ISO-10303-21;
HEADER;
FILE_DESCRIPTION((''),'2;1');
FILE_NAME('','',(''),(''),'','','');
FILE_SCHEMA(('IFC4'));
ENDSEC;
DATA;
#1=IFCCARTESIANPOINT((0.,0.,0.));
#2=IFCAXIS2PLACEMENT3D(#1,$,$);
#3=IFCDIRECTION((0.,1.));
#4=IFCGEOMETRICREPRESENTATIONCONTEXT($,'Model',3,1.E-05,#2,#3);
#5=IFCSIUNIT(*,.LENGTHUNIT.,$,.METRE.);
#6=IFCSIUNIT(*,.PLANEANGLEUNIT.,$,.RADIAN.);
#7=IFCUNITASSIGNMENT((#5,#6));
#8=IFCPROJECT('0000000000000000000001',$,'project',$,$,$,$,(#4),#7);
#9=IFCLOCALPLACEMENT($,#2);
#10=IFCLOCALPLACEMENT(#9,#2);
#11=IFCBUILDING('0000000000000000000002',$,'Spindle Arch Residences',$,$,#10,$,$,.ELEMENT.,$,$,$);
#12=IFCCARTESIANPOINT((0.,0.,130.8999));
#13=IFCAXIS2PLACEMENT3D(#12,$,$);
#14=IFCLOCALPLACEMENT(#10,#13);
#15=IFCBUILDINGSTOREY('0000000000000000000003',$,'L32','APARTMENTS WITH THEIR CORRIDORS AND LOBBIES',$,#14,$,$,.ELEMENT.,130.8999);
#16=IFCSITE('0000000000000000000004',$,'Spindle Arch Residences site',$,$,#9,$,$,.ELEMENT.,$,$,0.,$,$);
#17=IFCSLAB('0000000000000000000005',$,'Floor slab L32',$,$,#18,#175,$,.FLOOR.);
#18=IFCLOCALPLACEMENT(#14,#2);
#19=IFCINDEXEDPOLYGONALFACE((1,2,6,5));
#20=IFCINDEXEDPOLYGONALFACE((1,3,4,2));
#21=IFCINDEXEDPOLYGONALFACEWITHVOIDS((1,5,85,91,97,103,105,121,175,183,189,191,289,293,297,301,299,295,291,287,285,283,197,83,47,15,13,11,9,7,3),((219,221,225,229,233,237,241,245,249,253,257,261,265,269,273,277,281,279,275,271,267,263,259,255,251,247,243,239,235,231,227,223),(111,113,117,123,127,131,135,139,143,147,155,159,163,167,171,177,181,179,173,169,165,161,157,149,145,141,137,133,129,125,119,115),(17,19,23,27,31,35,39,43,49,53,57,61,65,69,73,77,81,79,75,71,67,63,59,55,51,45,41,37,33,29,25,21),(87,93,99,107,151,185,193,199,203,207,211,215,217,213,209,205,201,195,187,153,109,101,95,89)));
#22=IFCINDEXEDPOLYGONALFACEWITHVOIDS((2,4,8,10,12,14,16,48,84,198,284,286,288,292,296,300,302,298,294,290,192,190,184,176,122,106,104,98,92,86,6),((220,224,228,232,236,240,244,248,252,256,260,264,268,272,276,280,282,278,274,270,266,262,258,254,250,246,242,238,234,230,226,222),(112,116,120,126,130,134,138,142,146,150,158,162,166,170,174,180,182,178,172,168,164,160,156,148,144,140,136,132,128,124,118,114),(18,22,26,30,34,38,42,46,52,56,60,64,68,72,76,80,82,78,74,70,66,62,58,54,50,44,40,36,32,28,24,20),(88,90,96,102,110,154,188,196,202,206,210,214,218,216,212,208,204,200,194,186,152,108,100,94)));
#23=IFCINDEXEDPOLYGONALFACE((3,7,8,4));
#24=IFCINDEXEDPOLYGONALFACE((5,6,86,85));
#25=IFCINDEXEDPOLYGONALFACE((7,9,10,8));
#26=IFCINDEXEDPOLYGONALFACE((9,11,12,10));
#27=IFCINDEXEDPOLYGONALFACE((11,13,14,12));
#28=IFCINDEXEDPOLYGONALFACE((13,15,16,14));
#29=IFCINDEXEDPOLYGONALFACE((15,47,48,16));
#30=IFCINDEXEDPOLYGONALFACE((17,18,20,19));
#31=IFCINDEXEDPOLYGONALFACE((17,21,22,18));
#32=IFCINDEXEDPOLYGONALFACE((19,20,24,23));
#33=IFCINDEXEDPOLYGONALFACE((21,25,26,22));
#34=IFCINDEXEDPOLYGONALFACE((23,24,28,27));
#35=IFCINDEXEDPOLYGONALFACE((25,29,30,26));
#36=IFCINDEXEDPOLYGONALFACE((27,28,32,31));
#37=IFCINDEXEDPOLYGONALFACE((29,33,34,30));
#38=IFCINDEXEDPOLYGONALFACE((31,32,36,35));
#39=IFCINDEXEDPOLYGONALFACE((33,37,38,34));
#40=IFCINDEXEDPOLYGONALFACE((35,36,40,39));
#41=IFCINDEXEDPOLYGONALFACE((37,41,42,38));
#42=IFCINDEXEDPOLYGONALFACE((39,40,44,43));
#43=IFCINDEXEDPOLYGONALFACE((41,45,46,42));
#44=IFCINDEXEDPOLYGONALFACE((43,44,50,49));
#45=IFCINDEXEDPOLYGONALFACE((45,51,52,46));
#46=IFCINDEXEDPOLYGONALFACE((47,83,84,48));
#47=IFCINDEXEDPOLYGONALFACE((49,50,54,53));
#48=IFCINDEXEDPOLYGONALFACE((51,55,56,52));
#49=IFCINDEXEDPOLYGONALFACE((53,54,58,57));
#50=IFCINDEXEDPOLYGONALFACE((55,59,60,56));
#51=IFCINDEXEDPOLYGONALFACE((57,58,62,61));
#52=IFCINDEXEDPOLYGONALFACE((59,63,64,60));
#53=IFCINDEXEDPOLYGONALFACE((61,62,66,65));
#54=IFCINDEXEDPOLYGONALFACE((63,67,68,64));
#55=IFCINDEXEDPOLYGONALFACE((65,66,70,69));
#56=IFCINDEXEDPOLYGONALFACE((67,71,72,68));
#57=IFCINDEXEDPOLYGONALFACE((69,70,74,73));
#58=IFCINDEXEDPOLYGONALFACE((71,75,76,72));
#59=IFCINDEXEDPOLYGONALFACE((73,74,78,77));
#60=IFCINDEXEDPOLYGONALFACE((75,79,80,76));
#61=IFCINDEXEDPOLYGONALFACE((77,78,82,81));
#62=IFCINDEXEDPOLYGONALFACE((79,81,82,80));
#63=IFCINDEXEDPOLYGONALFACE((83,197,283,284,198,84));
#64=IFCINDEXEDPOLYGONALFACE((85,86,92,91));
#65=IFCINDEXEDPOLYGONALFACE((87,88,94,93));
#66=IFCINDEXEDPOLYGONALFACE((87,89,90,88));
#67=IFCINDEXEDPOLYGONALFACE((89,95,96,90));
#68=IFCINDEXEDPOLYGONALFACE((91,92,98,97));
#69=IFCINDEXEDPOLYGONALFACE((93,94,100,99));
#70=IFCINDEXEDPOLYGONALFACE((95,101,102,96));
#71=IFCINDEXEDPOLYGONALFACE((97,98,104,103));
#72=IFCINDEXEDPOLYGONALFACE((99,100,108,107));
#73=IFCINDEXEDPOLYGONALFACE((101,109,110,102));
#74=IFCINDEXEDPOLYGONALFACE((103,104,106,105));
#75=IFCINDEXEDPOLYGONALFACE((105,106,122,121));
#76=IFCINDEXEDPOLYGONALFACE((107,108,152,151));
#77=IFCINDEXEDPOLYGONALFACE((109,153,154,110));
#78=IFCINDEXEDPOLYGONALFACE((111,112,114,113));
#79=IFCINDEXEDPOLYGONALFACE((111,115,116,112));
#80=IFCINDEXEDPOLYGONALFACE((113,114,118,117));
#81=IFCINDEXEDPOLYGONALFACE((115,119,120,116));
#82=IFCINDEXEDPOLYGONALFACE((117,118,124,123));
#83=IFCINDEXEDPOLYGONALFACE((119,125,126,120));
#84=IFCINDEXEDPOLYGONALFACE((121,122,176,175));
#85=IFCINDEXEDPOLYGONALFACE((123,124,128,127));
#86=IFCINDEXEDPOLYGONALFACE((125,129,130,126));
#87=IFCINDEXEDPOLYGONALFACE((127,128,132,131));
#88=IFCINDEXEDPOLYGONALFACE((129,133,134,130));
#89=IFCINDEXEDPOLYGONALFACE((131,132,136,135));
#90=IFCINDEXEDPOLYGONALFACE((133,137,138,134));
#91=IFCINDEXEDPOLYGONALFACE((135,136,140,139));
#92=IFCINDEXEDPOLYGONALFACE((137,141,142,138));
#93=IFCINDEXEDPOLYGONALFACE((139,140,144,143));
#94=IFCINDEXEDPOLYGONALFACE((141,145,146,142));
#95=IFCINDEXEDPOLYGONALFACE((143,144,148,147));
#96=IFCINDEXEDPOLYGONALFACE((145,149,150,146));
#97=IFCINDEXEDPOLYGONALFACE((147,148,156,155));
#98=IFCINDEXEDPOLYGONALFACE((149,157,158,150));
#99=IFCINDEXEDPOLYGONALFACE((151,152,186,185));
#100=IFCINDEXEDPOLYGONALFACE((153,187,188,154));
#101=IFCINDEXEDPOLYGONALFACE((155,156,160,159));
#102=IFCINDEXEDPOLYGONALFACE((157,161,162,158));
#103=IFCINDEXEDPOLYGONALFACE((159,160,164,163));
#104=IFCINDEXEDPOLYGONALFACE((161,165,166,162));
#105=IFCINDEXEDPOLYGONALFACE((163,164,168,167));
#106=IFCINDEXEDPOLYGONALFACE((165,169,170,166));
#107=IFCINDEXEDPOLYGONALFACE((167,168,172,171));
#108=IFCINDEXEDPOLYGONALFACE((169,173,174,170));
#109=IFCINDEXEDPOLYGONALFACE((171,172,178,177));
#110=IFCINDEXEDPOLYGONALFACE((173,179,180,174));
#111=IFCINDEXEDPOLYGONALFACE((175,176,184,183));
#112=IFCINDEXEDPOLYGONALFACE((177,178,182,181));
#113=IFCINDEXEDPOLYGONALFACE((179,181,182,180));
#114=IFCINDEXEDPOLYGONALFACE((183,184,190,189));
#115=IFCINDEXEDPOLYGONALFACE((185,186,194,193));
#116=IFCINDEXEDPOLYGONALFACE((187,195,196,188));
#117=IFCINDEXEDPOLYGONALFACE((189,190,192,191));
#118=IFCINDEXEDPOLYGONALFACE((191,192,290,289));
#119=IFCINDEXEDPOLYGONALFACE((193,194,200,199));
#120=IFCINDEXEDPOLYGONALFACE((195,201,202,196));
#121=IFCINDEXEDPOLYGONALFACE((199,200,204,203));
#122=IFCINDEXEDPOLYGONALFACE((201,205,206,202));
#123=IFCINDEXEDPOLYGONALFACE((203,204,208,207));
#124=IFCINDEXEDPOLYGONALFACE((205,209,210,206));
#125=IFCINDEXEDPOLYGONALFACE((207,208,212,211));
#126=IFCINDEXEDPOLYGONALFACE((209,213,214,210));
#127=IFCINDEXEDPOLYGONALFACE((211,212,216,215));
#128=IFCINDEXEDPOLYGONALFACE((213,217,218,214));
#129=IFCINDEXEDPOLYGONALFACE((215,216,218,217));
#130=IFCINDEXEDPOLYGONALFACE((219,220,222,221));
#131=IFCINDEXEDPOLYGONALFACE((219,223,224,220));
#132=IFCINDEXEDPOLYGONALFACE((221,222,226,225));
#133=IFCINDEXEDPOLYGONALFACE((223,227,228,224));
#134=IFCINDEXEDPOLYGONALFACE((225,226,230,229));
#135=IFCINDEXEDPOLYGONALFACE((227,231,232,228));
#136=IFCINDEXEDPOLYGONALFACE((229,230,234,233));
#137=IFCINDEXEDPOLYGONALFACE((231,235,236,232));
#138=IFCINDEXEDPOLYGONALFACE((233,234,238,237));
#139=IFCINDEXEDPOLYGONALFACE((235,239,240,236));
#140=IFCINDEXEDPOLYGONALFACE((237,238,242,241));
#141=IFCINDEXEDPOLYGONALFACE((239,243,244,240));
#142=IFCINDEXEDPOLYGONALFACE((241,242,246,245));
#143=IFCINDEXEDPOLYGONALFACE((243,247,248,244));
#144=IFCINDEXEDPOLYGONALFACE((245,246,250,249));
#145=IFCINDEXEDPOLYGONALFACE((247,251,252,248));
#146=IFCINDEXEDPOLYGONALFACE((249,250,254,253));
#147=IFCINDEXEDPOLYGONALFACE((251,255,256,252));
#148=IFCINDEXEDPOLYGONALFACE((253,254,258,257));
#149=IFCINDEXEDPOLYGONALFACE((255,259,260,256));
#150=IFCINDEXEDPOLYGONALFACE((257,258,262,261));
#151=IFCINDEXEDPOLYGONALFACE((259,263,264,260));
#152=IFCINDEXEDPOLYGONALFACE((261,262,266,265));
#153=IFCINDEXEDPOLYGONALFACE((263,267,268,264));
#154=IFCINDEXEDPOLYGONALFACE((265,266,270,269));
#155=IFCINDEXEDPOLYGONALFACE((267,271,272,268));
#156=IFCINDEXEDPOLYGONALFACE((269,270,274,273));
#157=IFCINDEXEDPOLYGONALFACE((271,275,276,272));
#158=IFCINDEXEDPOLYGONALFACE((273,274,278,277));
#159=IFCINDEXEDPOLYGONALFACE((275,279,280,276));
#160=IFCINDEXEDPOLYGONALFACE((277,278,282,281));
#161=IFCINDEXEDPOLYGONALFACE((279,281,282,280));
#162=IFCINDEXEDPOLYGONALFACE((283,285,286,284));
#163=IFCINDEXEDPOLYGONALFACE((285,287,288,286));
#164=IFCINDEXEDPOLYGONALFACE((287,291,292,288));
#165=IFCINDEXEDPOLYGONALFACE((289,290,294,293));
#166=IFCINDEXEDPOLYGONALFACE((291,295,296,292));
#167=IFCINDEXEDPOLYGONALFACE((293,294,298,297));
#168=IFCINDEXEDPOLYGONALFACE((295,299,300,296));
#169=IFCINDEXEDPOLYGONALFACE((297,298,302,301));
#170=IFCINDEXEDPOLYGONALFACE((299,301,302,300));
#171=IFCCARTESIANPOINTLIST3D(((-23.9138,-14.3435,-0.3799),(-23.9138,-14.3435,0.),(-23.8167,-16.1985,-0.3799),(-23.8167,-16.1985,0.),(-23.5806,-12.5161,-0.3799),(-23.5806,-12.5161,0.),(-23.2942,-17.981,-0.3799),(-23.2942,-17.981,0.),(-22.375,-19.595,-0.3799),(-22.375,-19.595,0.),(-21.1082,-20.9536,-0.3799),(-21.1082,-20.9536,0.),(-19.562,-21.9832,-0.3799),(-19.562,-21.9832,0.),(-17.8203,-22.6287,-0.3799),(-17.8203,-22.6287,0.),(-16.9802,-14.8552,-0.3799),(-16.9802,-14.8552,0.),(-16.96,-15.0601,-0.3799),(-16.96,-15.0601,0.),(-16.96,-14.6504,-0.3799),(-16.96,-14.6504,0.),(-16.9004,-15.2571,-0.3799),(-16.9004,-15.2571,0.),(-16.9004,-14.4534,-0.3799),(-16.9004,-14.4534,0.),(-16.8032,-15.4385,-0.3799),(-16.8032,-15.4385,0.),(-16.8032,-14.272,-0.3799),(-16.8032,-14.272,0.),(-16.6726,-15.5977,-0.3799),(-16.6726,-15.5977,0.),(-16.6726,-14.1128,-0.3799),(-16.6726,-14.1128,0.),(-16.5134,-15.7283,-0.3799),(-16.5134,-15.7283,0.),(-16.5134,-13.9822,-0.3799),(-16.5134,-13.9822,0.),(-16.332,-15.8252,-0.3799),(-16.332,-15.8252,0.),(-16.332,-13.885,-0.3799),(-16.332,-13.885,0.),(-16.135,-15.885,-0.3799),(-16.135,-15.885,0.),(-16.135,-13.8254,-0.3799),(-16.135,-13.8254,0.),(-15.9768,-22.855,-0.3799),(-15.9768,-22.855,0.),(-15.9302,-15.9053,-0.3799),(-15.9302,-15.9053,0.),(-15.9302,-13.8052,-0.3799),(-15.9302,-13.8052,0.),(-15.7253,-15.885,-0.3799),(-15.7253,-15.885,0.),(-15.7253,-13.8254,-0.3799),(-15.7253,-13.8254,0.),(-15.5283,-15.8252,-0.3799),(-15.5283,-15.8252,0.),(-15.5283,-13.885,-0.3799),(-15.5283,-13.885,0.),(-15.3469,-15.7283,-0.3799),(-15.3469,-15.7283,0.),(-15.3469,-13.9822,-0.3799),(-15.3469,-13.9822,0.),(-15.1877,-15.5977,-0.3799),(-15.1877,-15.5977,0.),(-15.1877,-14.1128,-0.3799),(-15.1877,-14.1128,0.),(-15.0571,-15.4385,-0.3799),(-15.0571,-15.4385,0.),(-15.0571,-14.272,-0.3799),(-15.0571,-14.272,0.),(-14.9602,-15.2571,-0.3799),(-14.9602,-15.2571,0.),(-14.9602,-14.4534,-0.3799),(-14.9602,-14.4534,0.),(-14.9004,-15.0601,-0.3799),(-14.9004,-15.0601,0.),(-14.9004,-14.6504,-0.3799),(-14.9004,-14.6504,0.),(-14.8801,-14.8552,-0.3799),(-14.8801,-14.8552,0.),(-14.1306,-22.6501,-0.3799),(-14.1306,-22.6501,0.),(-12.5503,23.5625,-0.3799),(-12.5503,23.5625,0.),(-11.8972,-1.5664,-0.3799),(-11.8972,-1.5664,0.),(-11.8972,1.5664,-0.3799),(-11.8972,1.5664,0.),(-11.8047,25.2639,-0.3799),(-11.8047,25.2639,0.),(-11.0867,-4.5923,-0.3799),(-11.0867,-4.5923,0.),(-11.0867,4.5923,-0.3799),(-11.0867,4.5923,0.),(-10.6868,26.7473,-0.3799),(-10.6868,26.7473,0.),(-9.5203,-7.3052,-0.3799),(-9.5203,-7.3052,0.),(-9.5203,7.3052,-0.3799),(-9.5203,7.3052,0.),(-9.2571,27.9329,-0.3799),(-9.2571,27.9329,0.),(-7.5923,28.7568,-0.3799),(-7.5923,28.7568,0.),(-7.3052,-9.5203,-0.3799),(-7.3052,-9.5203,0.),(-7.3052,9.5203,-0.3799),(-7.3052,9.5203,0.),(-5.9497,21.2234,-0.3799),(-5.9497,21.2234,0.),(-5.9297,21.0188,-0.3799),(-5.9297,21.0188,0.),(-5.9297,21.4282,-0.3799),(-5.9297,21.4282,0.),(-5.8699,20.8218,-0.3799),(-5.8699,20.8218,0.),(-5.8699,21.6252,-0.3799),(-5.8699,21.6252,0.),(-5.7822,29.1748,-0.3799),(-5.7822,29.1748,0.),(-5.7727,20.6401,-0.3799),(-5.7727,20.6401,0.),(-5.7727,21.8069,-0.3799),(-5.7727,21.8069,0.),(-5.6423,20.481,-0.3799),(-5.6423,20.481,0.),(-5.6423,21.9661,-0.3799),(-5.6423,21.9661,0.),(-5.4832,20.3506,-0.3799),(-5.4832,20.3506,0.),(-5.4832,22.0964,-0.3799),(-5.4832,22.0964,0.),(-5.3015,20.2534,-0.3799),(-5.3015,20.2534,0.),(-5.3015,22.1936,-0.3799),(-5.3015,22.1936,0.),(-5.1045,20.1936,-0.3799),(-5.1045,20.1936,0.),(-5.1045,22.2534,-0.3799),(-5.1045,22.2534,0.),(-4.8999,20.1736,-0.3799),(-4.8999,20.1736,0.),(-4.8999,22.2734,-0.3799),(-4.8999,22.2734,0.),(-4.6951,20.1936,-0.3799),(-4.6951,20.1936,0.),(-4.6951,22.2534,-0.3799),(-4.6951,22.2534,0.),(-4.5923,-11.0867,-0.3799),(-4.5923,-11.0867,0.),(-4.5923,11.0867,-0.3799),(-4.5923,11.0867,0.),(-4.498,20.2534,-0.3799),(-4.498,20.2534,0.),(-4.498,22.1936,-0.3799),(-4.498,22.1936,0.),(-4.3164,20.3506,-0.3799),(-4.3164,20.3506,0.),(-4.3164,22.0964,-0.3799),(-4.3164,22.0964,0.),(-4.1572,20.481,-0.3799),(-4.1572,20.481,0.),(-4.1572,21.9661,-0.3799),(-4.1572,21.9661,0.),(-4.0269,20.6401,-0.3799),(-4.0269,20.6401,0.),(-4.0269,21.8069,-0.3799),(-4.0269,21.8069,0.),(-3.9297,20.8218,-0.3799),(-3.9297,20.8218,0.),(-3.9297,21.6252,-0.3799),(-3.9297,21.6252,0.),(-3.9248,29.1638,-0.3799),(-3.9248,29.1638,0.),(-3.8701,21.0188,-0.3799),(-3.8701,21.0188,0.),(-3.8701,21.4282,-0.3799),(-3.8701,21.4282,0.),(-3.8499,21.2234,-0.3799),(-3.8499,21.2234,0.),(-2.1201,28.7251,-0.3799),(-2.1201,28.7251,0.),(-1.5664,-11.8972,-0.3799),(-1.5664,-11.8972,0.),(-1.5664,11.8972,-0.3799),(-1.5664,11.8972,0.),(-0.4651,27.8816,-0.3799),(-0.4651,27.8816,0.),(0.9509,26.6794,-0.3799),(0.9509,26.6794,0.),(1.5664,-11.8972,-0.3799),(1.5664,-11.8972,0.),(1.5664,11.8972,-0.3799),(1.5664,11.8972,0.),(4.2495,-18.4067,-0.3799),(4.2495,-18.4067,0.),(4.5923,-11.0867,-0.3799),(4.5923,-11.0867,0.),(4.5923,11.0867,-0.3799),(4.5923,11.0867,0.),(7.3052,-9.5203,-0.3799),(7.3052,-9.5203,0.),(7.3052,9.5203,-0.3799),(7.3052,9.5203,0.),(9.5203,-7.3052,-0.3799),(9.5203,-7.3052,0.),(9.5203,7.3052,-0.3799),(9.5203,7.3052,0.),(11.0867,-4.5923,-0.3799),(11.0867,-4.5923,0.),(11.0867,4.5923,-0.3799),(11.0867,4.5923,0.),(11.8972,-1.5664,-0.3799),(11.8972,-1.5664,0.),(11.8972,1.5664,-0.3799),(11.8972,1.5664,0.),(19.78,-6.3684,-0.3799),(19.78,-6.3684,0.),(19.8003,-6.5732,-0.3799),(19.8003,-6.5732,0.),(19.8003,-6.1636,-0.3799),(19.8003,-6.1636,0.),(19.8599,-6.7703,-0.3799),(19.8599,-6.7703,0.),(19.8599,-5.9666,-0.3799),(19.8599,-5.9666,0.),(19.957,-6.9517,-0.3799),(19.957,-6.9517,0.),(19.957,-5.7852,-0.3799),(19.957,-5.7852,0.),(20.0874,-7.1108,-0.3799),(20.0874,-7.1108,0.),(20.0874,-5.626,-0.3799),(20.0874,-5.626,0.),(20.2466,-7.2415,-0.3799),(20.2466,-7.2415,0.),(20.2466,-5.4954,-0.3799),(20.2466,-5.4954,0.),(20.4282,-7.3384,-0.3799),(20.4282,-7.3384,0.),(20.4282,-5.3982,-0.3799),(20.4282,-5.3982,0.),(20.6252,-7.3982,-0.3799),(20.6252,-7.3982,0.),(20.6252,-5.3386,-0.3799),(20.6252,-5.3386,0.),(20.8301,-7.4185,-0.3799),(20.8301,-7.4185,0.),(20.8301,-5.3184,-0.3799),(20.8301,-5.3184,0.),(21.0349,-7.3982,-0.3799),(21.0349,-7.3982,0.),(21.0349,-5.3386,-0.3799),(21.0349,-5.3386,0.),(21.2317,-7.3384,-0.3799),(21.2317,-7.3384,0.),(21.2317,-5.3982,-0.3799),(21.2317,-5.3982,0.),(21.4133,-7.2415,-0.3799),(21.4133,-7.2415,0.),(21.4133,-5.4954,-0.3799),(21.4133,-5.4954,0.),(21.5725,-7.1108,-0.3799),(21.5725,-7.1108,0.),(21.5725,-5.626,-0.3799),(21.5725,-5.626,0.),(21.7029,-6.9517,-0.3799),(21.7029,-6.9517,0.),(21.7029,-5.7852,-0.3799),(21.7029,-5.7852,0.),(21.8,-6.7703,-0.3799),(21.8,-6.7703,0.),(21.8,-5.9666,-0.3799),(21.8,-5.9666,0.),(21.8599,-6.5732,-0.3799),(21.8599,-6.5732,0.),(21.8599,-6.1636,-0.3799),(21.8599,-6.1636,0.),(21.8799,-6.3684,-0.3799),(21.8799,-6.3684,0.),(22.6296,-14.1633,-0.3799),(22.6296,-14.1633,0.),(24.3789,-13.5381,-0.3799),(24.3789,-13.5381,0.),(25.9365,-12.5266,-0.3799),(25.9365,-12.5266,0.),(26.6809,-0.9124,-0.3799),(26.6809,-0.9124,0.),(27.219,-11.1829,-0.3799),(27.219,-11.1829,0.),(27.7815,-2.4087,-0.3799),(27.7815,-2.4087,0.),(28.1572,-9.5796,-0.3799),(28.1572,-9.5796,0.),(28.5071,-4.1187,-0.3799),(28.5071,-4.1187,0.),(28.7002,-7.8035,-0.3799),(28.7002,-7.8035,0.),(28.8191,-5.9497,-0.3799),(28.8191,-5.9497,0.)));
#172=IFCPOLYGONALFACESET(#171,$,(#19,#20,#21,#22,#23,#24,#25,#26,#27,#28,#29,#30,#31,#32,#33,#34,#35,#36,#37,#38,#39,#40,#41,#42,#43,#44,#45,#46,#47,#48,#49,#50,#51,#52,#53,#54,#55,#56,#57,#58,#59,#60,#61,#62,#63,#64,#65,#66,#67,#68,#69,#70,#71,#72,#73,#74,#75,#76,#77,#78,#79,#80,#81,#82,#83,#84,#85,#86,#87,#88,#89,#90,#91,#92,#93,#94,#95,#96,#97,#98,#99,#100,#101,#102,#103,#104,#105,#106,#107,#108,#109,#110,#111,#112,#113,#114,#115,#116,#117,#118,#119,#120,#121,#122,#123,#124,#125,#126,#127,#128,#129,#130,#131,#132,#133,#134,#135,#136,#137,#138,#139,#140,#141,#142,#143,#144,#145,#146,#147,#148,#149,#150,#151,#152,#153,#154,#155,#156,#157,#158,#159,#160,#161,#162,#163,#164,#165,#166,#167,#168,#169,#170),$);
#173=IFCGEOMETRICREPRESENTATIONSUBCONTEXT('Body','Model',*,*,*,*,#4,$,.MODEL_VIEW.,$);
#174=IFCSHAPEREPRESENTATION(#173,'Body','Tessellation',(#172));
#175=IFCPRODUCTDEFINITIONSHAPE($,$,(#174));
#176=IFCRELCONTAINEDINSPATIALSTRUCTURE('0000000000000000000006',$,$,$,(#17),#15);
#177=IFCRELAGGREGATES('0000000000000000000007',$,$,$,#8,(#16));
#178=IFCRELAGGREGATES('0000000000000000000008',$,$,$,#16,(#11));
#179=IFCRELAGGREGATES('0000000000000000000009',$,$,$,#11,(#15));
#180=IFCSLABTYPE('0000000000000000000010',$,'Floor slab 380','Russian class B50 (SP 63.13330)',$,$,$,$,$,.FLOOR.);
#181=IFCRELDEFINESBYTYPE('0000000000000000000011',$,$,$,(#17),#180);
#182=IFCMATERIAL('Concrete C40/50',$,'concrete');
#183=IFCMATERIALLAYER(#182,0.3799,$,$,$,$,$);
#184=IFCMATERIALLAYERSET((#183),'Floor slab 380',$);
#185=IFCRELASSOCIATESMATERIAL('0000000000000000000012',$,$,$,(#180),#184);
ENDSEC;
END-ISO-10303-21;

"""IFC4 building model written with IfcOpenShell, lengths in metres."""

from ifc_helpers import new_model, si_unit, direction, frame, origin, place, context, subcontext, project, spatial, polyline, outline, extrude, material, layer, layer_set, type_object, element, save


model = new_model("IFC4")

# Units and contexts
model_context = context("Model", 3, precision=1e-05, world=origin(), true_north=direction((0.0, 1.0)))
body_context = subcontext(model_context, "Body", "Model", "MODEL_VIEW")
ifc_project = project(units=[si_unit("LENGTHUNIT", "METRE"), si_unit("PLANEANGLEUNIT", "RADIAN")], contexts=[model_context])

# Site, building, storey
site_placement = place(None, origin())
site = spatial("IfcSite", under=ifc_project, at=site_placement, Name="Spindle Arch Residences site", CompositionType="ELEMENT", RefElevation=0.0)
building_placement = place(site_placement, origin())
building = spatial("IfcBuilding", under=site, at=building_placement, Name="Spindle Arch Residences", CompositionType="ELEMENT")
storey_placement = place(building_placement, frame((0.0, 0.0, 130.8999)))
storey = spatial("IfcBuildingStorey", under=building, at=storey_placement, Name="L32", Description="APARTMENTS WITH THEIR CORRIDORS AND LOBBIES", CompositionType="ELEMENT", Elevation=130.8999)

# Slab
ifc_material_1 = material(Name="Concrete C40/50", Category="concrete")
ifc_layer_1 = layer(ifc_material_1, 0.3799)
ifc_layer_set_1 = layer_set([ifc_layer_1], Name="Floor slab 380")
slab_type_1 = type_object("IfcSlabType", Name="Floor slab 380", Description="Russian class B50 (SP 63.13330)", PredefinedType="FLOOR", material=ifc_layer_set_1)
slab_1_placement = place(storey_placement, frame((0.0, 0.0, -0.3799)))
element("IfcSlab", 1, at=slab_1_placement, inside=storey, type_object=slab_type_1, Name="Floor slab L32", PredefinedType="FLOOR", context=body_context, shape_type="SweptSolid", body=[
    extrude(outline(polyline([(-15.9768, -22.855), (-17.8203, -22.6287), (-19.562, -21.9832), (-21.1082, -20.9536), (-22.375, -19.595), (-23.2942, -17.981), (-23.8167, -16.1985), (-23.9138, -14.3435), (-23.5806, -12.5161), (-12.5503, 23.5625), (-11.8047, 25.2639), (-10.6868, 26.7473), (-9.2571, 27.9329), (-7.5923, 28.7568), (-5.7822, 29.1748), (-3.9248, 29.1638), (-2.1201, 28.7251), (-0.4651, 27.8816), (0.9509, 26.6794), (26.6809, -0.9124), (27.7815, -2.4087), (28.5071, -4.1187), (28.8191, -5.9497), (28.7002, -7.8035), (28.1572, -9.5796), (27.219, -11.1829), (25.9365, -12.5266), (24.3789, -13.5381), (22.6296, -14.1633), (4.2495, -18.4067), (-14.1306, -22.6501), (-15.9768, -22.855)]), holes=[polyline([(7.3052, -9.5203), (9.5203, -7.3052), (11.0867, -4.5923), (11.8972, -1.5664), (11.8972, 1.5664), (11.0867, 4.5923), (9.5203, 7.3052), (7.3052, 9.5203), (4.5923, 11.0867), (1.5664, 11.8972), (-1.5664, 11.8972), (-4.5923, 11.0867), (-7.3052, 9.5203), (-9.5203, 7.3052), (-11.0867, 4.5923), (-11.8972, 1.5664), (-11.8972, -1.5664), (-11.0867, -4.5923), (-9.5203, -7.3052), (-7.3052, -9.5203), (-4.5923, -11.0867), (-1.5664, -11.8972), (1.5664, -11.8972), (4.5923, -11.0867), (7.3052, -9.5203)]), polyline([(-15.1877, -15.5977), (-15.0571, -15.4385), (-14.9602, -15.2571), (-14.9004, -15.0601), (-14.8801, -14.8552), (-14.9004, -14.6504), (-14.9602, -14.4534), (-15.0571, -14.272), (-15.1877, -14.1128), (-15.3469, -13.9822), (-15.5283, -13.885), (-15.7253, -13.8254), (-15.9302, -13.8052), (-16.135, -13.8254), (-16.332, -13.885), (-16.5134, -13.9822), (-16.6726, -14.1128), (-16.8032, -14.272), (-16.9004, -14.4534), (-16.96, -14.6504), (-16.9802, -14.8552), (-16.96, -15.0601), (-16.9004, -15.2571), (-16.8032, -15.4385), (-16.6726, -15.5977), (-16.5134, -15.7283), (-16.332, -15.8252), (-16.135, -15.885), (-15.9302, -15.9053), (-15.7253, -15.885), (-15.5283, -15.8252), (-15.3469, -15.7283), (-15.1877, -15.5977)]), polyline([(-4.0269, 20.6401), (-3.9297, 20.8218), (-3.8701, 21.0188), (-3.8499, 21.2234), (-3.8701, 21.4282), (-3.9297, 21.6252), (-4.0269, 21.8069), (-4.1572, 21.9661), (-4.3164, 22.0964), (-4.498, 22.1936), (-4.6951, 22.2534), (-4.8999, 22.2734), (-5.1045, 22.2534), (-5.3015, 22.1936), (-5.4832, 22.0964), (-5.6423, 21.9661), (-5.7727, 21.8069), (-5.8699, 21.6252), (-5.9297, 21.4282), (-5.9497, 21.2234), (-5.9297, 21.0188), (-5.8699, 20.8218), (-5.7727, 20.6401), (-5.6423, 20.481), (-5.4832, 20.3506), (-5.3015, 20.2534), (-5.1045, 20.1936), (-4.8999, 20.1736), (-4.6951, 20.1936), (-4.498, 20.2534), (-4.3164, 20.3506), (-4.1572, 20.481), (-4.0269, 20.6401)]), polyline([(21.7029, -6.9517), (21.8, -6.7703), (21.8599, -6.5732), (21.8799, -6.3684), (21.8599, -6.1636), (21.8, -5.9666), (21.7029, -5.7852), (21.5725, -5.626), (21.4133, -5.4954), (21.2317, -5.3982), (21.0349, -5.3386), (20.8301, -5.3184), (20.6252, -5.3386), (20.4282, -5.3982), (20.2466, -5.4954), (20.0874, -5.626), (19.957, -5.7852), (19.8599, -5.9666), (19.8003, -6.1636), (19.78, -6.3684), (19.8003, -6.5732), (19.8599, -6.7703), (19.957, -6.9517), (20.0874, -7.1108), (20.2466, -7.2415), (20.4282, -7.3384), (20.6252, -7.3982), (20.8301, -7.4185), (21.0349, -7.3982), (21.2317, -7.3384), (21.4133, -7.2415), (21.5725, -7.1108), (21.7029, -6.9517)])]), origin(), (0.0, 0.0, 1.0), 0.3799),
])

save(model, "model.ifc")
